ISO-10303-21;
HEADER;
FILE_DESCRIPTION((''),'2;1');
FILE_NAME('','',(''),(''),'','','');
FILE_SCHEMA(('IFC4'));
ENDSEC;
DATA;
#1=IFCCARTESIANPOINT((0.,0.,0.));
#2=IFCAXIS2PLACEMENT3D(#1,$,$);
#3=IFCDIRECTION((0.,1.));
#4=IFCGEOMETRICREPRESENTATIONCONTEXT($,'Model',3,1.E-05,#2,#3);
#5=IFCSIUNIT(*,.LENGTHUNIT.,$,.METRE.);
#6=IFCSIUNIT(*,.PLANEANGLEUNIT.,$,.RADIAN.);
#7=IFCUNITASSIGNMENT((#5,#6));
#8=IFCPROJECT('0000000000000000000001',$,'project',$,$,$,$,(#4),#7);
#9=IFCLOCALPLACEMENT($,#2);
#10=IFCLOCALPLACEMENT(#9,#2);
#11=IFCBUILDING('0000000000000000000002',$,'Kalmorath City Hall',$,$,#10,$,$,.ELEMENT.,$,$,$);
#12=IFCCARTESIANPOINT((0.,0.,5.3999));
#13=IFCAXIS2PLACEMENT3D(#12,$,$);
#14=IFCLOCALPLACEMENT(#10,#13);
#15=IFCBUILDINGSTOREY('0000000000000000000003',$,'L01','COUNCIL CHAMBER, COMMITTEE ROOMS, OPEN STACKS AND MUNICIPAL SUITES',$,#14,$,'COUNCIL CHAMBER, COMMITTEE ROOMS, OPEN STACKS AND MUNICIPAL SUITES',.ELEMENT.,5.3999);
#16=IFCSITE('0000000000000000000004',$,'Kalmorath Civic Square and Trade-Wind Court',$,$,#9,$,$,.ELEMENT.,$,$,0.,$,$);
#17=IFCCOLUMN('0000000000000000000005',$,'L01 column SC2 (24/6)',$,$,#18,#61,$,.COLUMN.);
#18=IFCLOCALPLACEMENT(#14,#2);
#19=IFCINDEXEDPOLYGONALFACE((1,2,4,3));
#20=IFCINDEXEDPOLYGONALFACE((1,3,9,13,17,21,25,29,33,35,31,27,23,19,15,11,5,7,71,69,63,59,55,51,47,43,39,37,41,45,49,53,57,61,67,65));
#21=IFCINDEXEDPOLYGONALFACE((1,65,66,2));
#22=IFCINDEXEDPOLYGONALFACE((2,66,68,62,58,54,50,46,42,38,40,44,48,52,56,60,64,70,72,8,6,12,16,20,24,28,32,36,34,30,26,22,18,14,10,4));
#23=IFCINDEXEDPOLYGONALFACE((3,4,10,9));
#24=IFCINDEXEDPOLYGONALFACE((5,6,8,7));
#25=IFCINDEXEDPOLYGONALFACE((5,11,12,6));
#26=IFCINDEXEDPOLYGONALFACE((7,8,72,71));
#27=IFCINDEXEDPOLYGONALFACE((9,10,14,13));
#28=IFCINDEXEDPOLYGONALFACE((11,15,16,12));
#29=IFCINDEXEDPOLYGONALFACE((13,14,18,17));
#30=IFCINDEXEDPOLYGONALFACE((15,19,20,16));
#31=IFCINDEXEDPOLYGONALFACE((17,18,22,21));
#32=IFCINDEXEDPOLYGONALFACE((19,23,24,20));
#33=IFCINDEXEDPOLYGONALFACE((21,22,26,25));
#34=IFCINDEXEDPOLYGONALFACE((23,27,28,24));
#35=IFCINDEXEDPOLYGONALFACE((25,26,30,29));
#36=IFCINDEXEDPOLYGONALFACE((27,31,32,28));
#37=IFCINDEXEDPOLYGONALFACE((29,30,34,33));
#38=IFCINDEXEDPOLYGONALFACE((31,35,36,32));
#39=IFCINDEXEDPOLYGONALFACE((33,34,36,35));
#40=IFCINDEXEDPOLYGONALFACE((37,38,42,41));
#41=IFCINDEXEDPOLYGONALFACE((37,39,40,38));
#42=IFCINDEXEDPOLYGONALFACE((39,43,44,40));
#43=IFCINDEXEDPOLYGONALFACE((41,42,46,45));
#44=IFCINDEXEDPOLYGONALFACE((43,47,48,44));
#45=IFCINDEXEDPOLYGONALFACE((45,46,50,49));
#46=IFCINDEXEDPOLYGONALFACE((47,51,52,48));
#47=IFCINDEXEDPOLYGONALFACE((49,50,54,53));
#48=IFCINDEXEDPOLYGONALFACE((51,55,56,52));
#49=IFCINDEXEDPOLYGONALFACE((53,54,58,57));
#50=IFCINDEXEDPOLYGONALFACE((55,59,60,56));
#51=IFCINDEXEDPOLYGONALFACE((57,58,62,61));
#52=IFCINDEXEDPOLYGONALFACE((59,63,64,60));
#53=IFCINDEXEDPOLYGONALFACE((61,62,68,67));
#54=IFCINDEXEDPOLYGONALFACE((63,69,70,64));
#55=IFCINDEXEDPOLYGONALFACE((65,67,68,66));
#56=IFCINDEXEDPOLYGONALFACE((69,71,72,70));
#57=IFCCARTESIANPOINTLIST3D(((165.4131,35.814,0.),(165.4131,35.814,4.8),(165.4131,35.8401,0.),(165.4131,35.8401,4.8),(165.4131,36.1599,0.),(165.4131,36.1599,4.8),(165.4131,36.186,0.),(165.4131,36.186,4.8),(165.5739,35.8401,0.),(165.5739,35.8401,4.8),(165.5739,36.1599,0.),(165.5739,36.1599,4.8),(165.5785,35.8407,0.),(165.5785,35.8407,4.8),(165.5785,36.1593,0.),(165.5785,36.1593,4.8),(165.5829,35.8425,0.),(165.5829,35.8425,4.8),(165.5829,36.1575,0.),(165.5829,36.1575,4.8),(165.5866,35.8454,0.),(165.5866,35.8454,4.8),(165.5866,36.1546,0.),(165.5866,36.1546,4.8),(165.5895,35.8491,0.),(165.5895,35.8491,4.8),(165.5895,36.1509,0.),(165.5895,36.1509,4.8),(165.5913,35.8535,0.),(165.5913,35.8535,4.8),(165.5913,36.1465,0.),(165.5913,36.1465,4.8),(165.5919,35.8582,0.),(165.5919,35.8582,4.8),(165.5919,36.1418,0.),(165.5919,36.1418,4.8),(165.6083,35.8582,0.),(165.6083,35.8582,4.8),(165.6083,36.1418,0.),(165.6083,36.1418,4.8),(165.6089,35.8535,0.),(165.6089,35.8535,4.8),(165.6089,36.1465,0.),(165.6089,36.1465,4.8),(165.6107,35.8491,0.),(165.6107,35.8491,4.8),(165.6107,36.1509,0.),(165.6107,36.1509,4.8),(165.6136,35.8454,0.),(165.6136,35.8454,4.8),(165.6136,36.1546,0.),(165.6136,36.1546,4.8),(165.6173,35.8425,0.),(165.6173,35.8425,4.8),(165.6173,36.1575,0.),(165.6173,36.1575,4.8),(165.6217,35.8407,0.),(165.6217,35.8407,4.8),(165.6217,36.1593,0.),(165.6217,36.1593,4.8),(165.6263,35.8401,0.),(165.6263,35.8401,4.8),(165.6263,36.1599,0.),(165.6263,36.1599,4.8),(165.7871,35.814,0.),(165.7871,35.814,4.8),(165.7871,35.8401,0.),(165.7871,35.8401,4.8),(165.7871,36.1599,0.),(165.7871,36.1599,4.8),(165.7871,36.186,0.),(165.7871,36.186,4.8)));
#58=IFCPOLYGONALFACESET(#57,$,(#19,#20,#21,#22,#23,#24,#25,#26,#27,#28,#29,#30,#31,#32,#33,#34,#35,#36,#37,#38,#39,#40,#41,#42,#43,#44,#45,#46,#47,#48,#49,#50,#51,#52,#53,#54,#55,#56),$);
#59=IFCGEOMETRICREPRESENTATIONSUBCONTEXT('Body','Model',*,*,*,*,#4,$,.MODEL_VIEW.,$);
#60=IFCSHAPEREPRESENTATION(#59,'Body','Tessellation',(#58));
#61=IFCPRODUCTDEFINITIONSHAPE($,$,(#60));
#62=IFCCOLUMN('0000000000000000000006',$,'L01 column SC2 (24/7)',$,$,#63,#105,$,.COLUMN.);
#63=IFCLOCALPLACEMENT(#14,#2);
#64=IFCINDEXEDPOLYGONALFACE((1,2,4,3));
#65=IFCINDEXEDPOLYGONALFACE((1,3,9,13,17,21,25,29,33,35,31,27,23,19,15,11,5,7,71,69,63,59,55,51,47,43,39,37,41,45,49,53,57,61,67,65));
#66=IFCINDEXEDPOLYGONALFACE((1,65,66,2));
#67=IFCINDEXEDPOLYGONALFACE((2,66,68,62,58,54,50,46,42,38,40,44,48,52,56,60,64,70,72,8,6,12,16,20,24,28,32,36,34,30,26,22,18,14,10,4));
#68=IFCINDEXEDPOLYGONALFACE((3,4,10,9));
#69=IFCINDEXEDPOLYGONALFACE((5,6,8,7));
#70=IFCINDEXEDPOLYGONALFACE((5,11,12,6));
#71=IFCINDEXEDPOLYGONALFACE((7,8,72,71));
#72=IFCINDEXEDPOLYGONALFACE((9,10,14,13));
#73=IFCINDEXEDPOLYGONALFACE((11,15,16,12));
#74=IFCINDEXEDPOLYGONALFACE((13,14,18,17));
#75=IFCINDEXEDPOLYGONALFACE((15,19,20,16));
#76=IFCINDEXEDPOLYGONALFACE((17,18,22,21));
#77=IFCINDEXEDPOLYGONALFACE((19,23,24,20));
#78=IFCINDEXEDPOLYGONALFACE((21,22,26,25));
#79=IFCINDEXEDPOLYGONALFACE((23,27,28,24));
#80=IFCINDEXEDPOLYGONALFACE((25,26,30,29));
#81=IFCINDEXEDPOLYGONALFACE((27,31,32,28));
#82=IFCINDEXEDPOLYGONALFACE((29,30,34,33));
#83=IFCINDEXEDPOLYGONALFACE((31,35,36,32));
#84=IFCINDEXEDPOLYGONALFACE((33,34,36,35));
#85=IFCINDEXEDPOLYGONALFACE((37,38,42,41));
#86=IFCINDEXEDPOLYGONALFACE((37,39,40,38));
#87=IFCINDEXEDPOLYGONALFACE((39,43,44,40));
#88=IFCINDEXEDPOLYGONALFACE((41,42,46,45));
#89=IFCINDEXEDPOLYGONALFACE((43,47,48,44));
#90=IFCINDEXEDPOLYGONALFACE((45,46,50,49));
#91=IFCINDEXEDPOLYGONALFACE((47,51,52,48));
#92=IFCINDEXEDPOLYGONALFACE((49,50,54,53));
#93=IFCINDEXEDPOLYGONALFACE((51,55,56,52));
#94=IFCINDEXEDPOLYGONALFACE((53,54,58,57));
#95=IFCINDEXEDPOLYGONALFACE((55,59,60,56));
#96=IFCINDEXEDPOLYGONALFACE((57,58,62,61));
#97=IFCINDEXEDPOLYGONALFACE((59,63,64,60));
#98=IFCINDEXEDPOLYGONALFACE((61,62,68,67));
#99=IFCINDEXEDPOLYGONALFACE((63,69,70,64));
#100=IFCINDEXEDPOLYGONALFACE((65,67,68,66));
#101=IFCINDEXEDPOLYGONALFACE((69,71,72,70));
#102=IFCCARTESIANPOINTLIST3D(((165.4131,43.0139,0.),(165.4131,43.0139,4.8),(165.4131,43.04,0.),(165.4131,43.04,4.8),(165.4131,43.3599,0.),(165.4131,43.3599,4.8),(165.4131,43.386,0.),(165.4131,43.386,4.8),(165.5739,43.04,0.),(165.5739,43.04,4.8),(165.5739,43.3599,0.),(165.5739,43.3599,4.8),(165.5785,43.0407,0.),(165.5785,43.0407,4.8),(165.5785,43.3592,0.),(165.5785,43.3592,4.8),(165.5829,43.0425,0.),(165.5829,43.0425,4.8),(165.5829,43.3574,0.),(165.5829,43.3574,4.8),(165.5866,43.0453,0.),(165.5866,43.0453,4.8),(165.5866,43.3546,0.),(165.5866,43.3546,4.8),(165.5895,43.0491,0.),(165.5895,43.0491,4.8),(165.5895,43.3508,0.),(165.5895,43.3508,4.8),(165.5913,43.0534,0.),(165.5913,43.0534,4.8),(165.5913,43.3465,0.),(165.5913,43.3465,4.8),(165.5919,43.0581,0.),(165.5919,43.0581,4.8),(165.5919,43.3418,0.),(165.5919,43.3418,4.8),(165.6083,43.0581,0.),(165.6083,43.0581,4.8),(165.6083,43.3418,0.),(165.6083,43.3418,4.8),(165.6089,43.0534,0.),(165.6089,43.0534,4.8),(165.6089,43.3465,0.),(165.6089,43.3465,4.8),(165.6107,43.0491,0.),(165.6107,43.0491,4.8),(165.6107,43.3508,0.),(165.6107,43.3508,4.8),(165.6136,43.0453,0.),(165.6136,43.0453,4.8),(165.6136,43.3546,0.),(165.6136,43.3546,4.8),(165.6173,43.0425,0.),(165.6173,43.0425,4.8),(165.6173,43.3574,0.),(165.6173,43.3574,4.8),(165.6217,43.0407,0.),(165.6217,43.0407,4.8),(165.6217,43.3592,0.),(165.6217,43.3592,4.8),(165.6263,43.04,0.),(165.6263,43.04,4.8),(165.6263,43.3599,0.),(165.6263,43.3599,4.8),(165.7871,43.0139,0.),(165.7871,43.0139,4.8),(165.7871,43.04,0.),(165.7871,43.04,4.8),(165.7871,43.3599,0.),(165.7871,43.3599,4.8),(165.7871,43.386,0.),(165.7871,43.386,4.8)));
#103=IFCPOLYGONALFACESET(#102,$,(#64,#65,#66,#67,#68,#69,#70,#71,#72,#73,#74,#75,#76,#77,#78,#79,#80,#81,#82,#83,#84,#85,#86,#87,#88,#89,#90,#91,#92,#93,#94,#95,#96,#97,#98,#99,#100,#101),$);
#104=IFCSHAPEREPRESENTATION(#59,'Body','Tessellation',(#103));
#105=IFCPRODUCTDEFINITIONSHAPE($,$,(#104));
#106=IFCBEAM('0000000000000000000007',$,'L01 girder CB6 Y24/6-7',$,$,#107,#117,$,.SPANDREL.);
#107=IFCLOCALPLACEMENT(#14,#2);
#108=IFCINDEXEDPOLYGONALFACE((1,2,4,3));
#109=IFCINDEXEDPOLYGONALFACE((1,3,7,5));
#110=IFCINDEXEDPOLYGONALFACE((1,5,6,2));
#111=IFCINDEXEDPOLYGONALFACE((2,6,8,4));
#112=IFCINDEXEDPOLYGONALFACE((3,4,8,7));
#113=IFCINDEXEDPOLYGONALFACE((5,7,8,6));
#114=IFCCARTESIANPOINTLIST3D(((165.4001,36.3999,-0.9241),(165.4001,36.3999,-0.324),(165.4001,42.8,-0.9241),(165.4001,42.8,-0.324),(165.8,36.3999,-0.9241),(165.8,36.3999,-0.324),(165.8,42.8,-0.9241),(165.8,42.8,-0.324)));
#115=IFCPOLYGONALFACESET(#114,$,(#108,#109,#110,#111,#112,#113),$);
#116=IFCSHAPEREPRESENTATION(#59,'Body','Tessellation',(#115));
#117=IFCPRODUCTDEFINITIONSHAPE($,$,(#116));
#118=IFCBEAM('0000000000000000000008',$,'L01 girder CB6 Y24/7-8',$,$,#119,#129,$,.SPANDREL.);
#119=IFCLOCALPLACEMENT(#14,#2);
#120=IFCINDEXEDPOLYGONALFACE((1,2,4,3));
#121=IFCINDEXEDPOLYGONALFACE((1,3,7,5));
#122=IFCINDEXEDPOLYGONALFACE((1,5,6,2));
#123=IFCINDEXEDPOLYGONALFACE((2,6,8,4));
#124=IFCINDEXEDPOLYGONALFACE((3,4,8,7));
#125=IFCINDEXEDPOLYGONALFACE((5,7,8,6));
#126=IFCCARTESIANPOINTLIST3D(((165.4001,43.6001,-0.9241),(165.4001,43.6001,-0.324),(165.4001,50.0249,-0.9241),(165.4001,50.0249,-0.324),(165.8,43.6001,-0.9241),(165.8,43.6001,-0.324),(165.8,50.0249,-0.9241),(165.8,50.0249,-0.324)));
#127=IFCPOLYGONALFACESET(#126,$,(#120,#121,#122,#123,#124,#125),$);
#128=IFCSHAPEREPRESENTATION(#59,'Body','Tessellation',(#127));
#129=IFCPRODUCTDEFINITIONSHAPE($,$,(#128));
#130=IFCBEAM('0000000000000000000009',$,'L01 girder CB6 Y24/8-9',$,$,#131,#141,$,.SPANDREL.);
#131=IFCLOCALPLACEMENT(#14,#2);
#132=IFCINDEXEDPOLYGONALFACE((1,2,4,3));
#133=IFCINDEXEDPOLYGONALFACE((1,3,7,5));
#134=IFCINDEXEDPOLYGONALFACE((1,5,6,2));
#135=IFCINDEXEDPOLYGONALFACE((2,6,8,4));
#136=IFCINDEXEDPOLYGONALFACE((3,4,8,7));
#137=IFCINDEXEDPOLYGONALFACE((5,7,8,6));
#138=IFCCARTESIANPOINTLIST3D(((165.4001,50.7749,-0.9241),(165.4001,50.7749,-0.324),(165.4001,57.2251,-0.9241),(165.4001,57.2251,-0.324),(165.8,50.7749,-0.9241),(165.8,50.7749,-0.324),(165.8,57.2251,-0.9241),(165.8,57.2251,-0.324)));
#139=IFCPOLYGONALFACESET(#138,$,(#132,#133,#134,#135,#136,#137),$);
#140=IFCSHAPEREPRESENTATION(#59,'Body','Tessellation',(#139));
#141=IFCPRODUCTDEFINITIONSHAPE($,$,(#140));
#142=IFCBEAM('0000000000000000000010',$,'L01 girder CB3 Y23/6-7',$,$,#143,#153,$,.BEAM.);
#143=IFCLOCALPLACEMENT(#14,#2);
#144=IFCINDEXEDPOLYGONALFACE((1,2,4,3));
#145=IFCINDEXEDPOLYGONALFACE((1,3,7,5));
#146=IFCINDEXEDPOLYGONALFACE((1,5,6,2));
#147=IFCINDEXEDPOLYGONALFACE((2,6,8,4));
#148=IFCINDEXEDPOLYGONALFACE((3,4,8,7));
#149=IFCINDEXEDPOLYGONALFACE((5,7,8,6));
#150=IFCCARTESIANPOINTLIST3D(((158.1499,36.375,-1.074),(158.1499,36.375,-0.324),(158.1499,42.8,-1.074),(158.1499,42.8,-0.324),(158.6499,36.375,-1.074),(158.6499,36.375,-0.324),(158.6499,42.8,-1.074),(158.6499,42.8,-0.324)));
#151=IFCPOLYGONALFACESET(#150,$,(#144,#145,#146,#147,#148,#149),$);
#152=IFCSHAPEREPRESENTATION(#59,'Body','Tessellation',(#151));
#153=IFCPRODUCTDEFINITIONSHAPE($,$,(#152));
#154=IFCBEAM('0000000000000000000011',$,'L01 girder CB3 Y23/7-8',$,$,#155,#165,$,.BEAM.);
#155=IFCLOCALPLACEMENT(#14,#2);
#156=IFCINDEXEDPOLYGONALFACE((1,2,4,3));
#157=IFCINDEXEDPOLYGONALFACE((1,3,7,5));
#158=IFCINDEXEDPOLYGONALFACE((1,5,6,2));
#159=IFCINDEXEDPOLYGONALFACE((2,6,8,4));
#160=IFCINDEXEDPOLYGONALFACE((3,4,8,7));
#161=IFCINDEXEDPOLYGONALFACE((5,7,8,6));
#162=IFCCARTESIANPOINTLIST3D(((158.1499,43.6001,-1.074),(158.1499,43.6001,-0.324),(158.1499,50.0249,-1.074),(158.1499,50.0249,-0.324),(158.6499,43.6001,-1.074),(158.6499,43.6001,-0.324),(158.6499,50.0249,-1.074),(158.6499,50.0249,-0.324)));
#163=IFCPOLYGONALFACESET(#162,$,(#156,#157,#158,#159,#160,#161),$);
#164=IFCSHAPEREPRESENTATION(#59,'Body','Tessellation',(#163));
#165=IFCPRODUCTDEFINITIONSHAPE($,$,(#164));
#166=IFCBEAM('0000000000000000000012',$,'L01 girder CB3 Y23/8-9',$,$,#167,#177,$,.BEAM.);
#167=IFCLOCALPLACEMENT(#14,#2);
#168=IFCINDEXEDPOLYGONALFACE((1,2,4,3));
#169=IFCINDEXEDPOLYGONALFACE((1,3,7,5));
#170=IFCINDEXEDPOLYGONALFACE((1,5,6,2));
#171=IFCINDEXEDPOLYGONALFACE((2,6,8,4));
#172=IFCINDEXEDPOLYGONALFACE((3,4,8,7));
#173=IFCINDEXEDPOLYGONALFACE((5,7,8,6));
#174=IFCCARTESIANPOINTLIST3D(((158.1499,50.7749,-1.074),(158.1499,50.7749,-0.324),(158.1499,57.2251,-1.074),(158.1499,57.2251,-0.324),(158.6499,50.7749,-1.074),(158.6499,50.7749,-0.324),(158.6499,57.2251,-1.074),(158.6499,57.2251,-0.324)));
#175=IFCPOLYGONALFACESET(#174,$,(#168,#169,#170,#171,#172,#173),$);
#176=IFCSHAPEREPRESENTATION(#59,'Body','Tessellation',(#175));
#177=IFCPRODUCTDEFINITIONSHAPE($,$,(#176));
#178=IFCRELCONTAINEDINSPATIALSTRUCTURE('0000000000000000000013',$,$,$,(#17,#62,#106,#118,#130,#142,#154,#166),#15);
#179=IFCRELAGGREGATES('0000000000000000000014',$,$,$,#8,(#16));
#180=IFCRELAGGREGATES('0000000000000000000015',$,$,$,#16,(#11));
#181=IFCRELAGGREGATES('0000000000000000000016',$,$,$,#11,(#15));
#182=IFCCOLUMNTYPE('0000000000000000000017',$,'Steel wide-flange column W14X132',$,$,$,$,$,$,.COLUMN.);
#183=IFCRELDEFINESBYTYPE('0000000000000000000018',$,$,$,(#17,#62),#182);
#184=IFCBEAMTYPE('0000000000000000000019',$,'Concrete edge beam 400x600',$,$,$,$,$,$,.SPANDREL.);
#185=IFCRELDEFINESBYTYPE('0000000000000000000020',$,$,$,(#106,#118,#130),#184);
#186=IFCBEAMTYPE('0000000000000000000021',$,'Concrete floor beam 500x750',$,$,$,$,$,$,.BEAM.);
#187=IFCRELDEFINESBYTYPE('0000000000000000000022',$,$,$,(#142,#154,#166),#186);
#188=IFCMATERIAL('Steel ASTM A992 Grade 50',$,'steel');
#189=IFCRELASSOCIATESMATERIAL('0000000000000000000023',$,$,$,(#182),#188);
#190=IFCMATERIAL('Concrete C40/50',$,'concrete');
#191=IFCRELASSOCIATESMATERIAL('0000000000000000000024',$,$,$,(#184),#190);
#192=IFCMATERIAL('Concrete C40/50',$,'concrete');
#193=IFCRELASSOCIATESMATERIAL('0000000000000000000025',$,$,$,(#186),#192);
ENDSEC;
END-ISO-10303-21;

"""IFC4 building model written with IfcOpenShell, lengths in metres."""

from ifc_helpers import new_model, si_unit, direction, frame, origin, origin_2d, place, context, subcontext, project, spatial, rectangle, i_section, extrude, material, material_profile, profile_set, type_object, element, save


model = new_model("IFC4")

# Units and contexts
model_context = context("Model", 3, precision=1e-05, world=origin(), true_north=direction((0.0, 1.0)))
body_context = subcontext(model_context, "Body", "Model", "MODEL_VIEW")
ifc_project = project(units=[si_unit("LENGTHUNIT", "METRE"), si_unit("PLANEANGLEUNIT", "RADIAN")], contexts=[model_context])

# Site, building, storey
site_placement = place(None, origin())
site = spatial("IfcSite", under=ifc_project, at=site_placement, Name="Kalmorath Civic Square and Trade-Wind Court", CompositionType="ELEMENT", RefElevation=0.0)
building_placement = place(site_placement, origin())
building = spatial("IfcBuilding", under=site, at=building_placement, Name="Kalmorath City Hall", CompositionType="ELEMENT")
storey_placement = place(building_placement, frame((0.0, 0.0, 5.3999)))
storey = spatial("IfcBuildingStorey", under=building, at=storey_placement, Name="L01", Description="COUNCIL CHAMBER, COMMITTEE ROOMS, OPEN STACKS AND MUNICIPAL SUITES", LongName="COUNCIL CHAMBER, COMMITTEE ROOMS, OPEN STACKS AND MUNICIPAL SUITES", CompositionType="ELEMENT", Elevation=5.3999)

# Columns
ifc_material_1 = material(Name="Steel ASTM A992 Grade 50", Category="steel")
ifc_material_profile_1 = material_profile(ifc_material_1, i_section(OverallWidth=0.374, OverallDepth=0.3721, WebThickness=0.0164, FlangeThickness=0.0261, FilletRadius=0.0181, at=origin_2d()), Name="W14X132")
ifc_profile_set_1 = profile_set([ifc_material_profile_1], Name="Steel ASTM A992 Grade 50")
column_type_1 = type_object("IfcColumnType", Name="Steel wide-flange column W14X132", PredefinedType="COLUMN", material=ifc_profile_set_1)
for number, where, z_axis, x_axis, name in (
    (1, (165.6001, 36.0, 0.0), (0.0, 0.0, 1.0), (1.0, 0.0, 0.0), "L01 column SC2 (24/6)"),
    (2, (165.6001, 43.2, 0.0), (0.0, 0.0, 1.0), (1.0, 0.0, 0.0), "L01 column SC2 (24/7)"),
):
    element("IfcColumn", number, at=place(storey_placement, frame(where, z_axis=z_axis, x_axis=x_axis)), inside=storey, type_object=column_type_1, Name=name, PredefinedType="COLUMN", context=body_context, shape_type="SweptSolid", body=[
        extrude(i_section(OverallWidth=0.374, OverallDepth=0.3721, WebThickness=0.0164, FlangeThickness=0.0261, FilletRadius=0.0181, at=origin_2d()), origin(), (0.0, 0.0, 1.0), 4.8),
    ])

# Beams
ifc_material_2 = material(Name="Concrete C40/50", Category="concrete")
ifc_material_profile_2 = material_profile(ifc_material_2, rectangle(XDim=0.3999, YDim=0.6001, at=origin_2d()), Name="RC-BM-400X600")
ifc_profile_set_2 = profile_set([ifc_material_profile_2], Name="Concrete C40/50")
beam_type_1 = type_object("IfcBeamType", Name="Concrete edge beam 400x600", PredefinedType="SPANDREL", material=ifc_profile_set_2)
beam_1_placement = place(storey_placement, frame((165.6001, 36.3999, -0.624), z_axis=(0.0, 1.0, 0.0), x_axis=(-1.0, 0.0, 0.0)))
element("IfcBeam", 3, at=beam_1_placement, inside=storey, type_object=beam_type_1, Name="L01 girder CB6 Y24/6-7", PredefinedType="SPANDREL", context=body_context, shape_type="SweptSolid", body=[
    extrude(rectangle(XDim=0.3999, YDim=0.6001, at=origin_2d()), origin(), (0.0, 0.0, 1.0), 6.4001),
])
beam_2_placement = place(storey_placement, frame((165.6001, 43.6001, -0.624), z_axis=(0.0, 1.0, 0.0), x_axis=(-1.0, 0.0, 0.0)))
element("IfcBeam", 4, at=beam_2_placement, inside=storey, type_object=beam_type_1, Name="L01 girder CB6 Y24/7-8", PredefinedType="SPANDREL", context=body_context, shape_type="SweptSolid", body=[
    extrude(rectangle(XDim=0.3999, YDim=0.6001, at=origin_2d()), origin(), (0.0, 0.0, 1.0), 6.4248),
])
beam_3_placement = place(storey_placement, frame((165.6001, 50.7749, -0.624), z_axis=(0.0, 1.0, 0.0), x_axis=(-1.0, 0.0, 0.0)))
element("IfcBeam", 5, at=beam_3_placement, inside=storey, type_object=beam_type_1, Name="L01 girder CB6 Y24/8-9", PredefinedType="SPANDREL", context=body_context, shape_type="SweptSolid", body=[
    extrude(rectangle(XDim=0.3999, YDim=0.6001, at=origin_2d()), origin(), (0.0, 0.0, 1.0), 6.4502),
])
ifc_material_3 = material(Name="Concrete C40/50", Category="concrete")
ifc_material_profile_3 = material_profile(ifc_material_3, rectangle(XDim=0.5, YDim=0.75, at=origin_2d()), Name="RC-BM-500X750")
ifc_profile_set_3 = profile_set([ifc_material_profile_3], Name="Concrete C40/50")
beam_type_2 = type_object("IfcBeamType", Name="Concrete floor beam 500x750", PredefinedType="BEAM", material=ifc_profile_set_3)
beam_4_placement = place(storey_placement, frame((158.3999, 36.375, -0.699), z_axis=(0.0, 1.0, 0.0), x_axis=(-1.0, 0.0, 0.0)))
element("IfcBeam", 6, at=beam_4_placement, inside=storey, type_object=beam_type_2, Name="L01 girder CB3 Y23/6-7", PredefinedType="BEAM", context=body_context, shape_type="SweptSolid", body=[
    extrude(rectangle(XDim=0.5, YDim=0.75, at=origin_2d()), origin(), (0.0, 0.0, 1.0), 6.425),
])
beam_5_placement = place(storey_placement, frame((158.3999, 43.6001, -0.699), z_axis=(0.0, 1.0, 0.0), x_axis=(-1.0, 0.0, 0.0)))
element("IfcBeam", 7, at=beam_5_placement, inside=storey, type_object=beam_type_2, Name="L01 girder CB3 Y23/7-8", PredefinedType="BEAM", context=body_context, shape_type="SweptSolid", body=[
    extrude(rectangle(XDim=0.5, YDim=0.75, at=origin_2d()), origin(), (0.0, 0.0, 1.0), 6.4248),
])
beam_6_placement = place(storey_placement, frame((158.3999, 50.7749, -0.699), z_axis=(0.0, 1.0, 0.0), x_axis=(-1.0, 0.0, 0.0)))
element("IfcBeam", 8, at=beam_6_placement, inside=storey, type_object=beam_type_2, Name="L01 girder CB3 Y23/8-9", PredefinedType="BEAM", context=body_context, shape_type="SweptSolid", body=[
    extrude(rectangle(XDim=0.5, YDim=0.75, at=origin_2d()), origin(), (0.0, 0.0, 1.0), 6.4502),
])

save(model, "model.ifc")
